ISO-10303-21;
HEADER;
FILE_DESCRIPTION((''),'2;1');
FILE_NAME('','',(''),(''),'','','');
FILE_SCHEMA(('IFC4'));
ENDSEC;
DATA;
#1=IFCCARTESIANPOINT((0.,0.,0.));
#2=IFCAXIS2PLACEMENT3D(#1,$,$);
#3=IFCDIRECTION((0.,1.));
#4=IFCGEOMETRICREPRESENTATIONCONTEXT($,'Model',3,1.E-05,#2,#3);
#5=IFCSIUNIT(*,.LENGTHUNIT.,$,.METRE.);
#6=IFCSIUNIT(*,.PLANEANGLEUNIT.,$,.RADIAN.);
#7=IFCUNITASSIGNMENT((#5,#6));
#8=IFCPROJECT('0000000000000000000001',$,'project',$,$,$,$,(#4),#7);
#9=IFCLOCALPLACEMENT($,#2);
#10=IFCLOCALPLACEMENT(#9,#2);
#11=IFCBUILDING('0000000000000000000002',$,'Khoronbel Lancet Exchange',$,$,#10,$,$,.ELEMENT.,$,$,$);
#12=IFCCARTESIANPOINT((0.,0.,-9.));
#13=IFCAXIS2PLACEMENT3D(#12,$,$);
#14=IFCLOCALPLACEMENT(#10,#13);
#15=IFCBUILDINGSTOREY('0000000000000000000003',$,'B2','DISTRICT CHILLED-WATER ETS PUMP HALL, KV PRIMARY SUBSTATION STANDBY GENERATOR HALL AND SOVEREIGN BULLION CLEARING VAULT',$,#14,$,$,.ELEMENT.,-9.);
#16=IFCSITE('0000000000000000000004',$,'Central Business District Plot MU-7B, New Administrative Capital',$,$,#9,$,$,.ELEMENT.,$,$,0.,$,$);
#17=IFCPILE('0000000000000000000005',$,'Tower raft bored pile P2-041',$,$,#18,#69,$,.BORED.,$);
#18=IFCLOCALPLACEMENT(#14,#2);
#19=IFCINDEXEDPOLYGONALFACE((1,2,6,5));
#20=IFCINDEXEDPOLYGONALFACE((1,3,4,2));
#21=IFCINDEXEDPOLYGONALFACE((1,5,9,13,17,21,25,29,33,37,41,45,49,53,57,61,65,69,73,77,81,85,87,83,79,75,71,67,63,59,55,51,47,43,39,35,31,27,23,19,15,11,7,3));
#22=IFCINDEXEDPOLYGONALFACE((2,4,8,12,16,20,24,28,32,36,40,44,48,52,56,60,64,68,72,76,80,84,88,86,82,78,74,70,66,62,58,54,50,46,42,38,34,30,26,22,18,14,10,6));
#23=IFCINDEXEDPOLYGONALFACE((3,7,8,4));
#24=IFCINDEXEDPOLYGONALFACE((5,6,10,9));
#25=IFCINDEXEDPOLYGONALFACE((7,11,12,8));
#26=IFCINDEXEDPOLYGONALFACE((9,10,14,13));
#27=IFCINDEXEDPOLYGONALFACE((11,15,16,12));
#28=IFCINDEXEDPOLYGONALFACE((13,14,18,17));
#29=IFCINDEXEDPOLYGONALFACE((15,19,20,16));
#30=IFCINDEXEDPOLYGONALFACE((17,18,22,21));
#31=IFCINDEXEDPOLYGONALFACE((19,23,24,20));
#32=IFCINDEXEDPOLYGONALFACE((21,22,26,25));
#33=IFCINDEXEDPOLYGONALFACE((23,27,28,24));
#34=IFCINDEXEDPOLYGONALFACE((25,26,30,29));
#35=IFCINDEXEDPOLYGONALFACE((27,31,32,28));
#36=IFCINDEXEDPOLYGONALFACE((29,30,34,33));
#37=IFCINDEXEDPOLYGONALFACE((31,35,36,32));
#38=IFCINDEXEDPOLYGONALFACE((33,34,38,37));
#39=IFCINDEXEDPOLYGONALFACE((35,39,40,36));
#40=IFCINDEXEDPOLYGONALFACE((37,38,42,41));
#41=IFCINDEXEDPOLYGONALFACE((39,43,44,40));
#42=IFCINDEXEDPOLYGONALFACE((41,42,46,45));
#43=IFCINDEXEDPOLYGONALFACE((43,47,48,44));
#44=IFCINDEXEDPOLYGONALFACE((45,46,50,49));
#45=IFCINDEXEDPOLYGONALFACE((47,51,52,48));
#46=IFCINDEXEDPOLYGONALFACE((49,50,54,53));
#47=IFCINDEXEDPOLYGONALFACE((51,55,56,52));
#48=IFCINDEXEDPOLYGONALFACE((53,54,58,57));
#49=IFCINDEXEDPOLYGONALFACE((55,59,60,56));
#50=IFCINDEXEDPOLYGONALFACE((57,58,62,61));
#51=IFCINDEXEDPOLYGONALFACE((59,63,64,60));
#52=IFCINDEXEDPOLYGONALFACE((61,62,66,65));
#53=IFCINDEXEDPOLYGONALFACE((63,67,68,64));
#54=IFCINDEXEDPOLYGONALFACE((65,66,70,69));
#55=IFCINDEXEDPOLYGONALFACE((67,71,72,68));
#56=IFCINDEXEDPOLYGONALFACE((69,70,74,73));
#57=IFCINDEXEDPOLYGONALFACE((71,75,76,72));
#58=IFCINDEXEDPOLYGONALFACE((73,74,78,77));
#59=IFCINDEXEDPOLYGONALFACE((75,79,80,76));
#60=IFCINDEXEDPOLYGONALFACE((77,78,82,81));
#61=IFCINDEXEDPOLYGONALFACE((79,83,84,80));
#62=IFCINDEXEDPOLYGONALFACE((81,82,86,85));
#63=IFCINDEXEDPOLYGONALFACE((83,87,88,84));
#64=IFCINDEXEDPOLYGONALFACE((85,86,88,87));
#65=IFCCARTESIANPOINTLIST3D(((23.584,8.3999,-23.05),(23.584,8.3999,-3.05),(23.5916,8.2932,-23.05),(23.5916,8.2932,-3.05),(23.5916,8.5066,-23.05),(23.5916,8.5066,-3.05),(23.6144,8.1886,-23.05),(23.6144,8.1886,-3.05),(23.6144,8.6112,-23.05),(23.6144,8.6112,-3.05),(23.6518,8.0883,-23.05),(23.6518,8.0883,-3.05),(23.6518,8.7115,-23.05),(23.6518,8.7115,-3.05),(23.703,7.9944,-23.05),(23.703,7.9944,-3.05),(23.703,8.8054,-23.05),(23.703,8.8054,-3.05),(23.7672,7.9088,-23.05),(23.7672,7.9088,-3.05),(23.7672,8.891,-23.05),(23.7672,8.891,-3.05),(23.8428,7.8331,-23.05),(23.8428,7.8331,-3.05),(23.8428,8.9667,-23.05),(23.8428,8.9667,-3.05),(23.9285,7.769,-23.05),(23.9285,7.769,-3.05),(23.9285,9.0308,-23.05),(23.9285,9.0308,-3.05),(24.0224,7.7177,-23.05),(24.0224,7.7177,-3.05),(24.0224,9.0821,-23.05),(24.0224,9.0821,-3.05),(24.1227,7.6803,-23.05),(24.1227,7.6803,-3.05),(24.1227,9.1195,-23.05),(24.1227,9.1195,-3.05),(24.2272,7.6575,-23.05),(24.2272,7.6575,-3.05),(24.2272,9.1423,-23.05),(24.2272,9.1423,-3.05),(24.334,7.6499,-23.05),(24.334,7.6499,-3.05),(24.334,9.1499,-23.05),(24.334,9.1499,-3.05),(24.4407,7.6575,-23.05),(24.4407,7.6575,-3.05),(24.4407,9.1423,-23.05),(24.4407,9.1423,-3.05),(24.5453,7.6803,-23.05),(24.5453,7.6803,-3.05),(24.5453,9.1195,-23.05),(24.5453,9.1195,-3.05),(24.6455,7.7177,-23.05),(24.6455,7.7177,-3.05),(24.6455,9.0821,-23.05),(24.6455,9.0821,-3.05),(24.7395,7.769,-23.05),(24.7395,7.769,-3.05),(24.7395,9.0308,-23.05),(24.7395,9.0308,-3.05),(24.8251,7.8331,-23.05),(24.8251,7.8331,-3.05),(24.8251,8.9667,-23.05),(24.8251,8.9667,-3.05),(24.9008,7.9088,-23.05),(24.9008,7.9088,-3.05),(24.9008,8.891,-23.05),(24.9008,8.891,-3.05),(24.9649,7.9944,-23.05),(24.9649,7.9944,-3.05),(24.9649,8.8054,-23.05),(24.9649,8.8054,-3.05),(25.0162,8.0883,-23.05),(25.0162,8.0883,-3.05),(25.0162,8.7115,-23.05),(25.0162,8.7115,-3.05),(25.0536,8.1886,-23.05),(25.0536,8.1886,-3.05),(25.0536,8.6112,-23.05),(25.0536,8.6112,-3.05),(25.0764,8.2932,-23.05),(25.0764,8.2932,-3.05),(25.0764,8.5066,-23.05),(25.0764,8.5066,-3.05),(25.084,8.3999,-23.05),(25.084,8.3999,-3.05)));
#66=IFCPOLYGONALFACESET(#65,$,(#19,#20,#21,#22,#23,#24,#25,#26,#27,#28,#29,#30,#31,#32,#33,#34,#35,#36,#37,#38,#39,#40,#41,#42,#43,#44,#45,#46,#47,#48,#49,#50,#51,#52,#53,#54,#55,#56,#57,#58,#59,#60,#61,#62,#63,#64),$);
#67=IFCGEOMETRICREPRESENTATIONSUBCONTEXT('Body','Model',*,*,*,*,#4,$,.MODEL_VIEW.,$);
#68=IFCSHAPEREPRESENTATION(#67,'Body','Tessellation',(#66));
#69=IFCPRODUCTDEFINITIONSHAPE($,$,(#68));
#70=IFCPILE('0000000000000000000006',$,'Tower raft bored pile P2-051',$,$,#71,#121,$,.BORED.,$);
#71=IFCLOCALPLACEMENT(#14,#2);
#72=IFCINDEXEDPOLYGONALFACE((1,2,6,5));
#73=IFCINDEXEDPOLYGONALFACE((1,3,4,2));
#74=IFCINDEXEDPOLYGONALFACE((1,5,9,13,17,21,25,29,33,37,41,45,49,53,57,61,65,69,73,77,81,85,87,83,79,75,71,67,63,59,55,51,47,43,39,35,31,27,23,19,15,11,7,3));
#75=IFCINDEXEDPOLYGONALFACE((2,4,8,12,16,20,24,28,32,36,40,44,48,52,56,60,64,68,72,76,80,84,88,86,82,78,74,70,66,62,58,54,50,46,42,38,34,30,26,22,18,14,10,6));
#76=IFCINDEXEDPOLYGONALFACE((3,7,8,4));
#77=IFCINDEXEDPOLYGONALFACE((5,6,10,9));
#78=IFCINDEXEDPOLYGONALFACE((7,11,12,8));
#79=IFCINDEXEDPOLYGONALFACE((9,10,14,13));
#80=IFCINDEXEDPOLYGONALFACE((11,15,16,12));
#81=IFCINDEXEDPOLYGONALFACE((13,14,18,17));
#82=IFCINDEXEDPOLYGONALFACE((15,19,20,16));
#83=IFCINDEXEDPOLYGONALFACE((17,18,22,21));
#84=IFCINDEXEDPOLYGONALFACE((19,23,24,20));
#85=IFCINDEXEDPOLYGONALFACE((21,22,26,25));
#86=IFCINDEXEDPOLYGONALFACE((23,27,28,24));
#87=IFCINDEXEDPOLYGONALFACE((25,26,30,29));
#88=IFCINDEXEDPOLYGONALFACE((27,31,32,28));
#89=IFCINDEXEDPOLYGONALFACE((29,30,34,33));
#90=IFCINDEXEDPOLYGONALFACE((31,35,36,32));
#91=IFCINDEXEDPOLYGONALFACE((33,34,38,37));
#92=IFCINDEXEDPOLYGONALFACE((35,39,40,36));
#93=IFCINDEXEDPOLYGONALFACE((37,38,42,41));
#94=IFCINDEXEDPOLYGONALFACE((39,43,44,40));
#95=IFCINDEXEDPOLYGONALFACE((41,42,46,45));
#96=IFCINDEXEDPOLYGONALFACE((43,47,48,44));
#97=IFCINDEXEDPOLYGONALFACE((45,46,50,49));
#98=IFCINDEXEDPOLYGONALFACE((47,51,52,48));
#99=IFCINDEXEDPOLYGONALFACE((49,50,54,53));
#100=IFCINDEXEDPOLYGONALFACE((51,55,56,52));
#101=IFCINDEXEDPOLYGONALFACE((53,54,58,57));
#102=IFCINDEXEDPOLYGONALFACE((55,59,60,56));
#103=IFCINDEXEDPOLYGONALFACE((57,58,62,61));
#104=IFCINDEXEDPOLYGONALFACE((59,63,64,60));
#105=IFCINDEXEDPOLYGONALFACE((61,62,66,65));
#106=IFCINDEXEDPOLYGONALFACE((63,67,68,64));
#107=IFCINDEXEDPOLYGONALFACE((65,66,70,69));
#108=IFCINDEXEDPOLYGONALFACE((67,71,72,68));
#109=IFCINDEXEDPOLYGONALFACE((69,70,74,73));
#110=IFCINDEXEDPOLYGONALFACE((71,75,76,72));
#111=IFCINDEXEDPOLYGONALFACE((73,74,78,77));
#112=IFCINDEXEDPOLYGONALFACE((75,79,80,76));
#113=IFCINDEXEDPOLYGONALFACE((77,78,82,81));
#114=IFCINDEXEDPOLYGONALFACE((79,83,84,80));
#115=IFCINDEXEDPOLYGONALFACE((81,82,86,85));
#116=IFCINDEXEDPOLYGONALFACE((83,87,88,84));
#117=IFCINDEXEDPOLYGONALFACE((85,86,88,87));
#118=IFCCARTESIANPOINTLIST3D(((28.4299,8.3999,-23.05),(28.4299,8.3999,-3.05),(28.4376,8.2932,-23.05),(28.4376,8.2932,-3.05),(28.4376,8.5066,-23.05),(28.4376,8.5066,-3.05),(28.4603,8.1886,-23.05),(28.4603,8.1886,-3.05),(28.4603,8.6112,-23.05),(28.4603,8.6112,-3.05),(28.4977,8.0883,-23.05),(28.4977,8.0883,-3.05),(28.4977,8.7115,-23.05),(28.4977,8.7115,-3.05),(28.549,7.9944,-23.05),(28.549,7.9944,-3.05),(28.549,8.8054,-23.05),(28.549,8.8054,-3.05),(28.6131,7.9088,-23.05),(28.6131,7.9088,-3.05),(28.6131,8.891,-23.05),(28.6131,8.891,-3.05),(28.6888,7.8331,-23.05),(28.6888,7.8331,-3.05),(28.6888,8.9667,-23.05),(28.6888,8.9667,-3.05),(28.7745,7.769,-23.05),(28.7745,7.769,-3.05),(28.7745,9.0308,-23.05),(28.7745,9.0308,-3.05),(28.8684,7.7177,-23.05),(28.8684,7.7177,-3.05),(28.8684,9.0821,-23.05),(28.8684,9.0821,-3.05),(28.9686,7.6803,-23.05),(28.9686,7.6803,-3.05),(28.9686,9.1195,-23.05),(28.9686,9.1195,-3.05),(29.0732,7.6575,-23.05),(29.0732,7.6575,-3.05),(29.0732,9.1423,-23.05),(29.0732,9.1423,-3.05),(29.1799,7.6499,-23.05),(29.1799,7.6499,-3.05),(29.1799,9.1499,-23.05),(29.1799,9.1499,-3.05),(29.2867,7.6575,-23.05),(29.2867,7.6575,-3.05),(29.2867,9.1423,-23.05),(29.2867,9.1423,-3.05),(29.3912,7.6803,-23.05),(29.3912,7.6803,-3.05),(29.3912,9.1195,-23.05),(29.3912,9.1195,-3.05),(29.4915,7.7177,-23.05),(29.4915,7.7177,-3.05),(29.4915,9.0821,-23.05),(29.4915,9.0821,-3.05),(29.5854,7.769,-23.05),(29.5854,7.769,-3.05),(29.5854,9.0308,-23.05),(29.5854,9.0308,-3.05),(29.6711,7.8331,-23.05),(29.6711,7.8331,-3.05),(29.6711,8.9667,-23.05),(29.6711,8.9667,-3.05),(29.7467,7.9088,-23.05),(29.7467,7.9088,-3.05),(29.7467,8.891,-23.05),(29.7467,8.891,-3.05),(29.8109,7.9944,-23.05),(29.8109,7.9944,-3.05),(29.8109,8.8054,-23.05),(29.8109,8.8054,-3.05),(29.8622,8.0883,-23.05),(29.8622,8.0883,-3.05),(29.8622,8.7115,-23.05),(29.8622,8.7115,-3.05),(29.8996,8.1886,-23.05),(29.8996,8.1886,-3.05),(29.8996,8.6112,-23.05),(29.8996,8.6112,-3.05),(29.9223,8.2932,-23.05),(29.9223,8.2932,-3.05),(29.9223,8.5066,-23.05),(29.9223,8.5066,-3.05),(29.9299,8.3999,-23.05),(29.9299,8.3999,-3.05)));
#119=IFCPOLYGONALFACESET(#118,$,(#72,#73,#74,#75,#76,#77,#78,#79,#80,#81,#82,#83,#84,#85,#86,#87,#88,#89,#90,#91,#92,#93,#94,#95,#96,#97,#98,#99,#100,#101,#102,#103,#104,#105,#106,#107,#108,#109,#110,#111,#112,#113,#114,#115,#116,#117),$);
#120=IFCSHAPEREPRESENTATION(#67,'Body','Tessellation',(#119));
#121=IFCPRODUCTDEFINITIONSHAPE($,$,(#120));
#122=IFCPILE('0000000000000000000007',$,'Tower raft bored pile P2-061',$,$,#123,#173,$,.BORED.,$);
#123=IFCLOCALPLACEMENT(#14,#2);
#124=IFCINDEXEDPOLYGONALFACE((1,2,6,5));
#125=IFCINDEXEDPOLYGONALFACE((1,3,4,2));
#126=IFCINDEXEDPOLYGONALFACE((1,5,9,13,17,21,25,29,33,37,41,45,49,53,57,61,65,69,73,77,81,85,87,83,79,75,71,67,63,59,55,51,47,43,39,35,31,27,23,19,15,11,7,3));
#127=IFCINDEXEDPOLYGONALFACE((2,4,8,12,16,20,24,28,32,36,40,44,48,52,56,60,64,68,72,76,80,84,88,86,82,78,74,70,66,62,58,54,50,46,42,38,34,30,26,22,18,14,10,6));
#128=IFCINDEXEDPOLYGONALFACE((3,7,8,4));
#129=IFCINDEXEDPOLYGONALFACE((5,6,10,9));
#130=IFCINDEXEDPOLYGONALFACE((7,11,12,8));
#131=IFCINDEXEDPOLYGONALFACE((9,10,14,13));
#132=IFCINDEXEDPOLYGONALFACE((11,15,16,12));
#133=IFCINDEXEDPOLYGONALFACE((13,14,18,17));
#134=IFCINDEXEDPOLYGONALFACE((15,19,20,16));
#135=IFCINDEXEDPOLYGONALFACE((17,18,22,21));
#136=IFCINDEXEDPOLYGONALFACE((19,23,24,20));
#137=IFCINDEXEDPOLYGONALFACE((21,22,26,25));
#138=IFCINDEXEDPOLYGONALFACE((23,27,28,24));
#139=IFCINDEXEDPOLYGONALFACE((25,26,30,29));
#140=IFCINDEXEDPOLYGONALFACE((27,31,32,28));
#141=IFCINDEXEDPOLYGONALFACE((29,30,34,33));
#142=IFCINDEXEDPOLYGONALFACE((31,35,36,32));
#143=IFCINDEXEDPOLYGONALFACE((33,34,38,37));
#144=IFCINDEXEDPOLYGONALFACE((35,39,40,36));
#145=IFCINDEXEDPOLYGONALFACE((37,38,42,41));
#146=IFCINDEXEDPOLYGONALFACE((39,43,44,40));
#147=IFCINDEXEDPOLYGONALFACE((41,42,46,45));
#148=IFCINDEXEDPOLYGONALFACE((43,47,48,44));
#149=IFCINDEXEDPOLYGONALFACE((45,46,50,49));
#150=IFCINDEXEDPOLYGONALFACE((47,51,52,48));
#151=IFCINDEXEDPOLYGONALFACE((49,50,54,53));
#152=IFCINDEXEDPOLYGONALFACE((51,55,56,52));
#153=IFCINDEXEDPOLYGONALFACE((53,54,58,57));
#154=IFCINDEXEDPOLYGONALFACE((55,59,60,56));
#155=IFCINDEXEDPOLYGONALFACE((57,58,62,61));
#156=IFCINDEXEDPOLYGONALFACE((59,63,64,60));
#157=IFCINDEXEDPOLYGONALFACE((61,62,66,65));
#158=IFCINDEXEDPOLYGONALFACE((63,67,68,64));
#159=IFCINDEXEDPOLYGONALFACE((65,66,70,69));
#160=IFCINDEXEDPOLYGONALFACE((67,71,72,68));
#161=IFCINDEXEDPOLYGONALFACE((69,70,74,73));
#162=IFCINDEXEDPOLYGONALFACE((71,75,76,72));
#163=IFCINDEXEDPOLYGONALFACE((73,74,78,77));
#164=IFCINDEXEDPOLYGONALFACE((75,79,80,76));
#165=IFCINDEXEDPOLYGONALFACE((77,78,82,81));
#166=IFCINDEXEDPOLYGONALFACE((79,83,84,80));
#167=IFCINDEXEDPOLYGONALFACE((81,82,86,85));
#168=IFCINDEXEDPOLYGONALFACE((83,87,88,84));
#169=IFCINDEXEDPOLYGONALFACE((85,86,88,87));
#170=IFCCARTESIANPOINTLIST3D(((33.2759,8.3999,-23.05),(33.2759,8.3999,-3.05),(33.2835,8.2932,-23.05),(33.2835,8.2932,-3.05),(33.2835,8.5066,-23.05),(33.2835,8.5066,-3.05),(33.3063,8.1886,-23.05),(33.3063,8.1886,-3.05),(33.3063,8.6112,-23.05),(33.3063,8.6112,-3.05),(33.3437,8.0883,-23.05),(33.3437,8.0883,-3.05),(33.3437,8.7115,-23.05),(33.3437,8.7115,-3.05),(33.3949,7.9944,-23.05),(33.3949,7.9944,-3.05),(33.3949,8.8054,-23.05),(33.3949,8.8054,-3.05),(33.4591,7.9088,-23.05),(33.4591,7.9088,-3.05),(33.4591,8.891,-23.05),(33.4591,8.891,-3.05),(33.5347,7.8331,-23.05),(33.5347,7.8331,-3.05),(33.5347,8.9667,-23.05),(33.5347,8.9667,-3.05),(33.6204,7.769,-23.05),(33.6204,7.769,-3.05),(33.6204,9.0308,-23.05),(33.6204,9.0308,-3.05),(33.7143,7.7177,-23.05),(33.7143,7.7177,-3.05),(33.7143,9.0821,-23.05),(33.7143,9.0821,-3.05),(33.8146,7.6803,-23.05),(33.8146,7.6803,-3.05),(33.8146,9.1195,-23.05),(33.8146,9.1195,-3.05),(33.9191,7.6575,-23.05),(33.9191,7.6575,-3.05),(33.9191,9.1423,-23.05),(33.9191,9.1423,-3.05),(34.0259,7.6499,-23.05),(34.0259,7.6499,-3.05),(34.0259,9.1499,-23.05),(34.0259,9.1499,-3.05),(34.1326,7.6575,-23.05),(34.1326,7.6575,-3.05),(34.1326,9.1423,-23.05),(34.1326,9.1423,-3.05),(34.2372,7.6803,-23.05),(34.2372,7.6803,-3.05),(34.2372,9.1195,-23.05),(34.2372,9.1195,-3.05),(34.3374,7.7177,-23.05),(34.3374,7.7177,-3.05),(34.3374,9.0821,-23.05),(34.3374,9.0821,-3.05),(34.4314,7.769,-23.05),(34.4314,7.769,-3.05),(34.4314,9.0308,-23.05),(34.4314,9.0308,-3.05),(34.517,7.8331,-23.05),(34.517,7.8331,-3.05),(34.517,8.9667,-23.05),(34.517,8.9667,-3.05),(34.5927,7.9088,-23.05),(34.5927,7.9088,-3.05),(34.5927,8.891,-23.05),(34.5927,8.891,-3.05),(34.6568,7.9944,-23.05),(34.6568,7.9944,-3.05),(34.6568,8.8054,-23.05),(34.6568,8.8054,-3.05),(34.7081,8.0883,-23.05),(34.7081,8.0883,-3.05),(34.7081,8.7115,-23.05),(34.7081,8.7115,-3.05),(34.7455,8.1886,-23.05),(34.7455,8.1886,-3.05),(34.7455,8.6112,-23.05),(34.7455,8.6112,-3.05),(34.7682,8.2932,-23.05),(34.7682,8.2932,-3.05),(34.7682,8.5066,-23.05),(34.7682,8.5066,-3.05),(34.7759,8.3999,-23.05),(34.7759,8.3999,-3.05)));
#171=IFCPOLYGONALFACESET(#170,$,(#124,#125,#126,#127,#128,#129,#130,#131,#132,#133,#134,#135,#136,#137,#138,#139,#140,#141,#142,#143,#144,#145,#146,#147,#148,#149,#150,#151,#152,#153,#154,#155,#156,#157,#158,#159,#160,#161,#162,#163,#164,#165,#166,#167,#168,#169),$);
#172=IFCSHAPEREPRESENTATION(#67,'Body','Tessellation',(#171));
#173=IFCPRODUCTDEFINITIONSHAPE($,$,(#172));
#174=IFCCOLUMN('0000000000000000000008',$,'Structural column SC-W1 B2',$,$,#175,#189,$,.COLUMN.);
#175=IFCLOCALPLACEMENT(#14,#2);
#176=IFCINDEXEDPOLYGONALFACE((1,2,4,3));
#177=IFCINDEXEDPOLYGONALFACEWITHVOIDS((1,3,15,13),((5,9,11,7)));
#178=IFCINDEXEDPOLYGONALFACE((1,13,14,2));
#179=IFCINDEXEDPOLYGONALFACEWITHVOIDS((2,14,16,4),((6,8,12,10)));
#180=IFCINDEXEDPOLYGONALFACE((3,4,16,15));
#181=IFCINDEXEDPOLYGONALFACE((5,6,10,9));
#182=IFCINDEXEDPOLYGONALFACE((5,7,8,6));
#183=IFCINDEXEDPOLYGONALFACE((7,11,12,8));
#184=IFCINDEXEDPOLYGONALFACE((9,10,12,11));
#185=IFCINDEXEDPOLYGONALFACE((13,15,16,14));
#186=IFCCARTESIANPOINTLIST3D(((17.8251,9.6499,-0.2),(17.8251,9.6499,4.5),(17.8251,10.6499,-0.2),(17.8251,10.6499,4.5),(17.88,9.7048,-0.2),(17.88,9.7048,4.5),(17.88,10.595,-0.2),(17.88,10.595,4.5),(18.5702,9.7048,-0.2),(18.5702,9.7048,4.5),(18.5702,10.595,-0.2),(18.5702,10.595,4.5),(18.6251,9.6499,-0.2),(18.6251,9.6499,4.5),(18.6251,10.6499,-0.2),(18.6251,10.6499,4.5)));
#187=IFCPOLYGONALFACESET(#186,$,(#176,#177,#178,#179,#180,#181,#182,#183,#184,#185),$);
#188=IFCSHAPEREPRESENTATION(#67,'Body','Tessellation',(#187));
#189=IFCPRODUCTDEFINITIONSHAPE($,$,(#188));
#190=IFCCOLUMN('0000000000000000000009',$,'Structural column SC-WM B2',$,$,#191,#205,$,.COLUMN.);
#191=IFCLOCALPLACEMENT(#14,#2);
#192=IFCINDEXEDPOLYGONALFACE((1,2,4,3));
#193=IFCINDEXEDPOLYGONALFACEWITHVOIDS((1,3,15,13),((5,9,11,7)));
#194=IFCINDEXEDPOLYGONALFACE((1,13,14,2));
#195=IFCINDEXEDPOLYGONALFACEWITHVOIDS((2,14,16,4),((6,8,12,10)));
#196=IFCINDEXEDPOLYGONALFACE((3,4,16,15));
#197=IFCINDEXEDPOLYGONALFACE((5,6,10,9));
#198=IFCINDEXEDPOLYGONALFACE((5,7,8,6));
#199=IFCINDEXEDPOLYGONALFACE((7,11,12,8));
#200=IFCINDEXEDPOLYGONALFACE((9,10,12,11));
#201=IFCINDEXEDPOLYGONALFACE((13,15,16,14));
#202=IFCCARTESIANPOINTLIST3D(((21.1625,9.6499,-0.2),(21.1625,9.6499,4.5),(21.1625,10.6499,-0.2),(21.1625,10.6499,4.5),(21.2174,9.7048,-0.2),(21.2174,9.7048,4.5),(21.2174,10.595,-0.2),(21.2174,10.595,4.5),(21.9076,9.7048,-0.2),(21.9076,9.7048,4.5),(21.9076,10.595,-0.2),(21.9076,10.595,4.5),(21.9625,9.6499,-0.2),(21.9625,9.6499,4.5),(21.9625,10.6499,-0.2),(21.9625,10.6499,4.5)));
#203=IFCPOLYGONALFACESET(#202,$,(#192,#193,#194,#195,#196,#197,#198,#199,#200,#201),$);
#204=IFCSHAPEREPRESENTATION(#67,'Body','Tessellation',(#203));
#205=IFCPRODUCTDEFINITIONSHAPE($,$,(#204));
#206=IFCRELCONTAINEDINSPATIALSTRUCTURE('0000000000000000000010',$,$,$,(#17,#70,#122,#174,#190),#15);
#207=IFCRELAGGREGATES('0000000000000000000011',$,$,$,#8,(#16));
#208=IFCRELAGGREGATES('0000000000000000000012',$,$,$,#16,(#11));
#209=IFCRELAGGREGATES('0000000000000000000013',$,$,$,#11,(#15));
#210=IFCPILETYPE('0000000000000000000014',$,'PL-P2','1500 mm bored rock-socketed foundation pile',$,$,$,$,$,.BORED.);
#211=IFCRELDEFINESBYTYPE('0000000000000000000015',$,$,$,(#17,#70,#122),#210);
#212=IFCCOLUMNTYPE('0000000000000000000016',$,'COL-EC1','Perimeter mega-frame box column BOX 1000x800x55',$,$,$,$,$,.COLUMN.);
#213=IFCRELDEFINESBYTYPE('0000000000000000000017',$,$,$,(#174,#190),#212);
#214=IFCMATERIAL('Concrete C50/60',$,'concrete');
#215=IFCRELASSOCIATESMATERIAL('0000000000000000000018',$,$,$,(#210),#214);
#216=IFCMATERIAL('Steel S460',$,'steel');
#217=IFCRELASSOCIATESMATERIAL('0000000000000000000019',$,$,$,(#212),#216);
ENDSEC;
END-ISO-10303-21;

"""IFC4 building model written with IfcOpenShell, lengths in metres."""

from ifc_helpers import new_model, si_unit, direction, frame, origin, origin_2d, place, context, subcontext, project, spatial, hollow_rectangle, circle, extrude, material, material_profile, profile_set, type_object, element, save


model = new_model("IFC4")

# Units and contexts
model_context = context("Model", 3, precision=1e-05, world=origin(), true_north=direction((0.0, 1.0)))
body_context = subcontext(model_context, "Body", "Model", "MODEL_VIEW")
ifc_project = project(units=[si_unit("LENGTHUNIT", "METRE"), si_unit("PLANEANGLEUNIT", "RADIAN")], contexts=[model_context])

# Site, building, storey
site_placement = place(None, origin())
site = spatial("IfcSite", under=ifc_project, at=site_placement, Name="Central Business District Plot MU-7B, New Administrative Capital", CompositionType="ELEMENT", RefElevation=0.0)
building_placement = place(site_placement, origin())
building = spatial("IfcBuilding", under=site, at=building_placement, Name="Khoronbel Lancet Exchange", CompositionType="ELEMENT")
storey_placement = place(building_placement, frame((0.0, 0.0, -9.0)))
storey = spatial("IfcBuildingStorey", under=building, at=storey_placement, Name="B2", Description="DISTRICT CHILLED-WATER ETS PUMP HALL, KV PRIMARY SUBSTATION STANDBY GENERATOR HALL AND SOVEREIGN BULLION CLEARING VAULT", CompositionType="ELEMENT", Elevation=-9.0)

# Piles
ifc_material_1 = material(Name="Concrete C50/60", Category="concrete")
ifc_material_profile_1 = material_profile(ifc_material_1, circle(Radius=0.75, at=origin_2d()), Name="BORED PILE D1500")
ifc_profile_set_1 = profile_set([ifc_material_profile_1], Name="Concrete C50/60")
pile_type_1 = type_object("IfcPileType", Name="PL-P2", Description="1500 mm bored rock-socketed foundation pile", PredefinedType="BORED", material=ifc_profile_set_1)
for number, where, z_axis, x_axis, name in (
    (1, (24.334, 8.3999, -3.05), (0.0, 0.0, -1.0), (1.0, 0.0, 0.0), "Tower raft bored pile P2-041"),
    (2, (29.1799, 8.3999, -3.05), (0.0, 0.0, -1.0), (1.0, 0.0, 0.0), "Tower raft bored pile P2-051"),
    (3, (34.0259, 8.3999, -3.05), (0.0, 0.0, -1.0), (1.0, 0.0, 0.0), "Tower raft bored pile P2-061"),
):
    element("IfcPile", number, at=place(storey_placement, frame(where, z_axis=z_axis, x_axis=x_axis)), inside=storey, type_object=pile_type_1, Name=name, PredefinedType="BORED", context=body_context, shape_type="SweptSolid", body=[
        extrude(circle(Radius=0.75, at=origin_2d()), origin(), (0.0, 0.0, 1.0), 20.0),
    ])

# Columns
ifc_material_2 = material(Name="Steel S460", Category="steel")
ifc_material_profile_2 = material_profile(ifc_material_2, hollow_rectangle(XDim=0.8, YDim=1.0, WallThickness=0.0549, at=origin_2d()), Name="BOX 1000x800x55")
ifc_profile_set_2 = profile_set([ifc_material_profile_2], Name="Steel S460")
column_type_1 = type_object("IfcColumnType", Name="COL-EC1", Description="Perimeter mega-frame box column BOX 1000x800x55", PredefinedType="COLUMN", material=ifc_profile_set_2)
for number, where, z_axis, x_axis, name in (
    (4, (18.2251, 10.1499, -0.2), (0.0, 0.0, 1.0), (1.0, 0.0, 0.0), "Structural column SC-W1 B2"),
    (5, (21.5625, 10.1499, -0.2), (0.0, 0.0, 1.0), (1.0, 0.0, 0.0), "Structural column SC-WM B2"),
):
    element("IfcColumn", number, at=place(storey_placement, frame(where, z_axis=z_axis, x_axis=x_axis)), inside=storey, type_object=column_type_1, Name=name, PredefinedType="COLUMN", context=body_context, shape_type="SweptSolid", body=[
        extrude(hollow_rectangle(XDim=0.8, YDim=1.0, WallThickness=0.0549, at=origin_2d()), origin(), (0.0, 0.0, 1.0), 4.7),
    ])

save(model, "model.ifc")
